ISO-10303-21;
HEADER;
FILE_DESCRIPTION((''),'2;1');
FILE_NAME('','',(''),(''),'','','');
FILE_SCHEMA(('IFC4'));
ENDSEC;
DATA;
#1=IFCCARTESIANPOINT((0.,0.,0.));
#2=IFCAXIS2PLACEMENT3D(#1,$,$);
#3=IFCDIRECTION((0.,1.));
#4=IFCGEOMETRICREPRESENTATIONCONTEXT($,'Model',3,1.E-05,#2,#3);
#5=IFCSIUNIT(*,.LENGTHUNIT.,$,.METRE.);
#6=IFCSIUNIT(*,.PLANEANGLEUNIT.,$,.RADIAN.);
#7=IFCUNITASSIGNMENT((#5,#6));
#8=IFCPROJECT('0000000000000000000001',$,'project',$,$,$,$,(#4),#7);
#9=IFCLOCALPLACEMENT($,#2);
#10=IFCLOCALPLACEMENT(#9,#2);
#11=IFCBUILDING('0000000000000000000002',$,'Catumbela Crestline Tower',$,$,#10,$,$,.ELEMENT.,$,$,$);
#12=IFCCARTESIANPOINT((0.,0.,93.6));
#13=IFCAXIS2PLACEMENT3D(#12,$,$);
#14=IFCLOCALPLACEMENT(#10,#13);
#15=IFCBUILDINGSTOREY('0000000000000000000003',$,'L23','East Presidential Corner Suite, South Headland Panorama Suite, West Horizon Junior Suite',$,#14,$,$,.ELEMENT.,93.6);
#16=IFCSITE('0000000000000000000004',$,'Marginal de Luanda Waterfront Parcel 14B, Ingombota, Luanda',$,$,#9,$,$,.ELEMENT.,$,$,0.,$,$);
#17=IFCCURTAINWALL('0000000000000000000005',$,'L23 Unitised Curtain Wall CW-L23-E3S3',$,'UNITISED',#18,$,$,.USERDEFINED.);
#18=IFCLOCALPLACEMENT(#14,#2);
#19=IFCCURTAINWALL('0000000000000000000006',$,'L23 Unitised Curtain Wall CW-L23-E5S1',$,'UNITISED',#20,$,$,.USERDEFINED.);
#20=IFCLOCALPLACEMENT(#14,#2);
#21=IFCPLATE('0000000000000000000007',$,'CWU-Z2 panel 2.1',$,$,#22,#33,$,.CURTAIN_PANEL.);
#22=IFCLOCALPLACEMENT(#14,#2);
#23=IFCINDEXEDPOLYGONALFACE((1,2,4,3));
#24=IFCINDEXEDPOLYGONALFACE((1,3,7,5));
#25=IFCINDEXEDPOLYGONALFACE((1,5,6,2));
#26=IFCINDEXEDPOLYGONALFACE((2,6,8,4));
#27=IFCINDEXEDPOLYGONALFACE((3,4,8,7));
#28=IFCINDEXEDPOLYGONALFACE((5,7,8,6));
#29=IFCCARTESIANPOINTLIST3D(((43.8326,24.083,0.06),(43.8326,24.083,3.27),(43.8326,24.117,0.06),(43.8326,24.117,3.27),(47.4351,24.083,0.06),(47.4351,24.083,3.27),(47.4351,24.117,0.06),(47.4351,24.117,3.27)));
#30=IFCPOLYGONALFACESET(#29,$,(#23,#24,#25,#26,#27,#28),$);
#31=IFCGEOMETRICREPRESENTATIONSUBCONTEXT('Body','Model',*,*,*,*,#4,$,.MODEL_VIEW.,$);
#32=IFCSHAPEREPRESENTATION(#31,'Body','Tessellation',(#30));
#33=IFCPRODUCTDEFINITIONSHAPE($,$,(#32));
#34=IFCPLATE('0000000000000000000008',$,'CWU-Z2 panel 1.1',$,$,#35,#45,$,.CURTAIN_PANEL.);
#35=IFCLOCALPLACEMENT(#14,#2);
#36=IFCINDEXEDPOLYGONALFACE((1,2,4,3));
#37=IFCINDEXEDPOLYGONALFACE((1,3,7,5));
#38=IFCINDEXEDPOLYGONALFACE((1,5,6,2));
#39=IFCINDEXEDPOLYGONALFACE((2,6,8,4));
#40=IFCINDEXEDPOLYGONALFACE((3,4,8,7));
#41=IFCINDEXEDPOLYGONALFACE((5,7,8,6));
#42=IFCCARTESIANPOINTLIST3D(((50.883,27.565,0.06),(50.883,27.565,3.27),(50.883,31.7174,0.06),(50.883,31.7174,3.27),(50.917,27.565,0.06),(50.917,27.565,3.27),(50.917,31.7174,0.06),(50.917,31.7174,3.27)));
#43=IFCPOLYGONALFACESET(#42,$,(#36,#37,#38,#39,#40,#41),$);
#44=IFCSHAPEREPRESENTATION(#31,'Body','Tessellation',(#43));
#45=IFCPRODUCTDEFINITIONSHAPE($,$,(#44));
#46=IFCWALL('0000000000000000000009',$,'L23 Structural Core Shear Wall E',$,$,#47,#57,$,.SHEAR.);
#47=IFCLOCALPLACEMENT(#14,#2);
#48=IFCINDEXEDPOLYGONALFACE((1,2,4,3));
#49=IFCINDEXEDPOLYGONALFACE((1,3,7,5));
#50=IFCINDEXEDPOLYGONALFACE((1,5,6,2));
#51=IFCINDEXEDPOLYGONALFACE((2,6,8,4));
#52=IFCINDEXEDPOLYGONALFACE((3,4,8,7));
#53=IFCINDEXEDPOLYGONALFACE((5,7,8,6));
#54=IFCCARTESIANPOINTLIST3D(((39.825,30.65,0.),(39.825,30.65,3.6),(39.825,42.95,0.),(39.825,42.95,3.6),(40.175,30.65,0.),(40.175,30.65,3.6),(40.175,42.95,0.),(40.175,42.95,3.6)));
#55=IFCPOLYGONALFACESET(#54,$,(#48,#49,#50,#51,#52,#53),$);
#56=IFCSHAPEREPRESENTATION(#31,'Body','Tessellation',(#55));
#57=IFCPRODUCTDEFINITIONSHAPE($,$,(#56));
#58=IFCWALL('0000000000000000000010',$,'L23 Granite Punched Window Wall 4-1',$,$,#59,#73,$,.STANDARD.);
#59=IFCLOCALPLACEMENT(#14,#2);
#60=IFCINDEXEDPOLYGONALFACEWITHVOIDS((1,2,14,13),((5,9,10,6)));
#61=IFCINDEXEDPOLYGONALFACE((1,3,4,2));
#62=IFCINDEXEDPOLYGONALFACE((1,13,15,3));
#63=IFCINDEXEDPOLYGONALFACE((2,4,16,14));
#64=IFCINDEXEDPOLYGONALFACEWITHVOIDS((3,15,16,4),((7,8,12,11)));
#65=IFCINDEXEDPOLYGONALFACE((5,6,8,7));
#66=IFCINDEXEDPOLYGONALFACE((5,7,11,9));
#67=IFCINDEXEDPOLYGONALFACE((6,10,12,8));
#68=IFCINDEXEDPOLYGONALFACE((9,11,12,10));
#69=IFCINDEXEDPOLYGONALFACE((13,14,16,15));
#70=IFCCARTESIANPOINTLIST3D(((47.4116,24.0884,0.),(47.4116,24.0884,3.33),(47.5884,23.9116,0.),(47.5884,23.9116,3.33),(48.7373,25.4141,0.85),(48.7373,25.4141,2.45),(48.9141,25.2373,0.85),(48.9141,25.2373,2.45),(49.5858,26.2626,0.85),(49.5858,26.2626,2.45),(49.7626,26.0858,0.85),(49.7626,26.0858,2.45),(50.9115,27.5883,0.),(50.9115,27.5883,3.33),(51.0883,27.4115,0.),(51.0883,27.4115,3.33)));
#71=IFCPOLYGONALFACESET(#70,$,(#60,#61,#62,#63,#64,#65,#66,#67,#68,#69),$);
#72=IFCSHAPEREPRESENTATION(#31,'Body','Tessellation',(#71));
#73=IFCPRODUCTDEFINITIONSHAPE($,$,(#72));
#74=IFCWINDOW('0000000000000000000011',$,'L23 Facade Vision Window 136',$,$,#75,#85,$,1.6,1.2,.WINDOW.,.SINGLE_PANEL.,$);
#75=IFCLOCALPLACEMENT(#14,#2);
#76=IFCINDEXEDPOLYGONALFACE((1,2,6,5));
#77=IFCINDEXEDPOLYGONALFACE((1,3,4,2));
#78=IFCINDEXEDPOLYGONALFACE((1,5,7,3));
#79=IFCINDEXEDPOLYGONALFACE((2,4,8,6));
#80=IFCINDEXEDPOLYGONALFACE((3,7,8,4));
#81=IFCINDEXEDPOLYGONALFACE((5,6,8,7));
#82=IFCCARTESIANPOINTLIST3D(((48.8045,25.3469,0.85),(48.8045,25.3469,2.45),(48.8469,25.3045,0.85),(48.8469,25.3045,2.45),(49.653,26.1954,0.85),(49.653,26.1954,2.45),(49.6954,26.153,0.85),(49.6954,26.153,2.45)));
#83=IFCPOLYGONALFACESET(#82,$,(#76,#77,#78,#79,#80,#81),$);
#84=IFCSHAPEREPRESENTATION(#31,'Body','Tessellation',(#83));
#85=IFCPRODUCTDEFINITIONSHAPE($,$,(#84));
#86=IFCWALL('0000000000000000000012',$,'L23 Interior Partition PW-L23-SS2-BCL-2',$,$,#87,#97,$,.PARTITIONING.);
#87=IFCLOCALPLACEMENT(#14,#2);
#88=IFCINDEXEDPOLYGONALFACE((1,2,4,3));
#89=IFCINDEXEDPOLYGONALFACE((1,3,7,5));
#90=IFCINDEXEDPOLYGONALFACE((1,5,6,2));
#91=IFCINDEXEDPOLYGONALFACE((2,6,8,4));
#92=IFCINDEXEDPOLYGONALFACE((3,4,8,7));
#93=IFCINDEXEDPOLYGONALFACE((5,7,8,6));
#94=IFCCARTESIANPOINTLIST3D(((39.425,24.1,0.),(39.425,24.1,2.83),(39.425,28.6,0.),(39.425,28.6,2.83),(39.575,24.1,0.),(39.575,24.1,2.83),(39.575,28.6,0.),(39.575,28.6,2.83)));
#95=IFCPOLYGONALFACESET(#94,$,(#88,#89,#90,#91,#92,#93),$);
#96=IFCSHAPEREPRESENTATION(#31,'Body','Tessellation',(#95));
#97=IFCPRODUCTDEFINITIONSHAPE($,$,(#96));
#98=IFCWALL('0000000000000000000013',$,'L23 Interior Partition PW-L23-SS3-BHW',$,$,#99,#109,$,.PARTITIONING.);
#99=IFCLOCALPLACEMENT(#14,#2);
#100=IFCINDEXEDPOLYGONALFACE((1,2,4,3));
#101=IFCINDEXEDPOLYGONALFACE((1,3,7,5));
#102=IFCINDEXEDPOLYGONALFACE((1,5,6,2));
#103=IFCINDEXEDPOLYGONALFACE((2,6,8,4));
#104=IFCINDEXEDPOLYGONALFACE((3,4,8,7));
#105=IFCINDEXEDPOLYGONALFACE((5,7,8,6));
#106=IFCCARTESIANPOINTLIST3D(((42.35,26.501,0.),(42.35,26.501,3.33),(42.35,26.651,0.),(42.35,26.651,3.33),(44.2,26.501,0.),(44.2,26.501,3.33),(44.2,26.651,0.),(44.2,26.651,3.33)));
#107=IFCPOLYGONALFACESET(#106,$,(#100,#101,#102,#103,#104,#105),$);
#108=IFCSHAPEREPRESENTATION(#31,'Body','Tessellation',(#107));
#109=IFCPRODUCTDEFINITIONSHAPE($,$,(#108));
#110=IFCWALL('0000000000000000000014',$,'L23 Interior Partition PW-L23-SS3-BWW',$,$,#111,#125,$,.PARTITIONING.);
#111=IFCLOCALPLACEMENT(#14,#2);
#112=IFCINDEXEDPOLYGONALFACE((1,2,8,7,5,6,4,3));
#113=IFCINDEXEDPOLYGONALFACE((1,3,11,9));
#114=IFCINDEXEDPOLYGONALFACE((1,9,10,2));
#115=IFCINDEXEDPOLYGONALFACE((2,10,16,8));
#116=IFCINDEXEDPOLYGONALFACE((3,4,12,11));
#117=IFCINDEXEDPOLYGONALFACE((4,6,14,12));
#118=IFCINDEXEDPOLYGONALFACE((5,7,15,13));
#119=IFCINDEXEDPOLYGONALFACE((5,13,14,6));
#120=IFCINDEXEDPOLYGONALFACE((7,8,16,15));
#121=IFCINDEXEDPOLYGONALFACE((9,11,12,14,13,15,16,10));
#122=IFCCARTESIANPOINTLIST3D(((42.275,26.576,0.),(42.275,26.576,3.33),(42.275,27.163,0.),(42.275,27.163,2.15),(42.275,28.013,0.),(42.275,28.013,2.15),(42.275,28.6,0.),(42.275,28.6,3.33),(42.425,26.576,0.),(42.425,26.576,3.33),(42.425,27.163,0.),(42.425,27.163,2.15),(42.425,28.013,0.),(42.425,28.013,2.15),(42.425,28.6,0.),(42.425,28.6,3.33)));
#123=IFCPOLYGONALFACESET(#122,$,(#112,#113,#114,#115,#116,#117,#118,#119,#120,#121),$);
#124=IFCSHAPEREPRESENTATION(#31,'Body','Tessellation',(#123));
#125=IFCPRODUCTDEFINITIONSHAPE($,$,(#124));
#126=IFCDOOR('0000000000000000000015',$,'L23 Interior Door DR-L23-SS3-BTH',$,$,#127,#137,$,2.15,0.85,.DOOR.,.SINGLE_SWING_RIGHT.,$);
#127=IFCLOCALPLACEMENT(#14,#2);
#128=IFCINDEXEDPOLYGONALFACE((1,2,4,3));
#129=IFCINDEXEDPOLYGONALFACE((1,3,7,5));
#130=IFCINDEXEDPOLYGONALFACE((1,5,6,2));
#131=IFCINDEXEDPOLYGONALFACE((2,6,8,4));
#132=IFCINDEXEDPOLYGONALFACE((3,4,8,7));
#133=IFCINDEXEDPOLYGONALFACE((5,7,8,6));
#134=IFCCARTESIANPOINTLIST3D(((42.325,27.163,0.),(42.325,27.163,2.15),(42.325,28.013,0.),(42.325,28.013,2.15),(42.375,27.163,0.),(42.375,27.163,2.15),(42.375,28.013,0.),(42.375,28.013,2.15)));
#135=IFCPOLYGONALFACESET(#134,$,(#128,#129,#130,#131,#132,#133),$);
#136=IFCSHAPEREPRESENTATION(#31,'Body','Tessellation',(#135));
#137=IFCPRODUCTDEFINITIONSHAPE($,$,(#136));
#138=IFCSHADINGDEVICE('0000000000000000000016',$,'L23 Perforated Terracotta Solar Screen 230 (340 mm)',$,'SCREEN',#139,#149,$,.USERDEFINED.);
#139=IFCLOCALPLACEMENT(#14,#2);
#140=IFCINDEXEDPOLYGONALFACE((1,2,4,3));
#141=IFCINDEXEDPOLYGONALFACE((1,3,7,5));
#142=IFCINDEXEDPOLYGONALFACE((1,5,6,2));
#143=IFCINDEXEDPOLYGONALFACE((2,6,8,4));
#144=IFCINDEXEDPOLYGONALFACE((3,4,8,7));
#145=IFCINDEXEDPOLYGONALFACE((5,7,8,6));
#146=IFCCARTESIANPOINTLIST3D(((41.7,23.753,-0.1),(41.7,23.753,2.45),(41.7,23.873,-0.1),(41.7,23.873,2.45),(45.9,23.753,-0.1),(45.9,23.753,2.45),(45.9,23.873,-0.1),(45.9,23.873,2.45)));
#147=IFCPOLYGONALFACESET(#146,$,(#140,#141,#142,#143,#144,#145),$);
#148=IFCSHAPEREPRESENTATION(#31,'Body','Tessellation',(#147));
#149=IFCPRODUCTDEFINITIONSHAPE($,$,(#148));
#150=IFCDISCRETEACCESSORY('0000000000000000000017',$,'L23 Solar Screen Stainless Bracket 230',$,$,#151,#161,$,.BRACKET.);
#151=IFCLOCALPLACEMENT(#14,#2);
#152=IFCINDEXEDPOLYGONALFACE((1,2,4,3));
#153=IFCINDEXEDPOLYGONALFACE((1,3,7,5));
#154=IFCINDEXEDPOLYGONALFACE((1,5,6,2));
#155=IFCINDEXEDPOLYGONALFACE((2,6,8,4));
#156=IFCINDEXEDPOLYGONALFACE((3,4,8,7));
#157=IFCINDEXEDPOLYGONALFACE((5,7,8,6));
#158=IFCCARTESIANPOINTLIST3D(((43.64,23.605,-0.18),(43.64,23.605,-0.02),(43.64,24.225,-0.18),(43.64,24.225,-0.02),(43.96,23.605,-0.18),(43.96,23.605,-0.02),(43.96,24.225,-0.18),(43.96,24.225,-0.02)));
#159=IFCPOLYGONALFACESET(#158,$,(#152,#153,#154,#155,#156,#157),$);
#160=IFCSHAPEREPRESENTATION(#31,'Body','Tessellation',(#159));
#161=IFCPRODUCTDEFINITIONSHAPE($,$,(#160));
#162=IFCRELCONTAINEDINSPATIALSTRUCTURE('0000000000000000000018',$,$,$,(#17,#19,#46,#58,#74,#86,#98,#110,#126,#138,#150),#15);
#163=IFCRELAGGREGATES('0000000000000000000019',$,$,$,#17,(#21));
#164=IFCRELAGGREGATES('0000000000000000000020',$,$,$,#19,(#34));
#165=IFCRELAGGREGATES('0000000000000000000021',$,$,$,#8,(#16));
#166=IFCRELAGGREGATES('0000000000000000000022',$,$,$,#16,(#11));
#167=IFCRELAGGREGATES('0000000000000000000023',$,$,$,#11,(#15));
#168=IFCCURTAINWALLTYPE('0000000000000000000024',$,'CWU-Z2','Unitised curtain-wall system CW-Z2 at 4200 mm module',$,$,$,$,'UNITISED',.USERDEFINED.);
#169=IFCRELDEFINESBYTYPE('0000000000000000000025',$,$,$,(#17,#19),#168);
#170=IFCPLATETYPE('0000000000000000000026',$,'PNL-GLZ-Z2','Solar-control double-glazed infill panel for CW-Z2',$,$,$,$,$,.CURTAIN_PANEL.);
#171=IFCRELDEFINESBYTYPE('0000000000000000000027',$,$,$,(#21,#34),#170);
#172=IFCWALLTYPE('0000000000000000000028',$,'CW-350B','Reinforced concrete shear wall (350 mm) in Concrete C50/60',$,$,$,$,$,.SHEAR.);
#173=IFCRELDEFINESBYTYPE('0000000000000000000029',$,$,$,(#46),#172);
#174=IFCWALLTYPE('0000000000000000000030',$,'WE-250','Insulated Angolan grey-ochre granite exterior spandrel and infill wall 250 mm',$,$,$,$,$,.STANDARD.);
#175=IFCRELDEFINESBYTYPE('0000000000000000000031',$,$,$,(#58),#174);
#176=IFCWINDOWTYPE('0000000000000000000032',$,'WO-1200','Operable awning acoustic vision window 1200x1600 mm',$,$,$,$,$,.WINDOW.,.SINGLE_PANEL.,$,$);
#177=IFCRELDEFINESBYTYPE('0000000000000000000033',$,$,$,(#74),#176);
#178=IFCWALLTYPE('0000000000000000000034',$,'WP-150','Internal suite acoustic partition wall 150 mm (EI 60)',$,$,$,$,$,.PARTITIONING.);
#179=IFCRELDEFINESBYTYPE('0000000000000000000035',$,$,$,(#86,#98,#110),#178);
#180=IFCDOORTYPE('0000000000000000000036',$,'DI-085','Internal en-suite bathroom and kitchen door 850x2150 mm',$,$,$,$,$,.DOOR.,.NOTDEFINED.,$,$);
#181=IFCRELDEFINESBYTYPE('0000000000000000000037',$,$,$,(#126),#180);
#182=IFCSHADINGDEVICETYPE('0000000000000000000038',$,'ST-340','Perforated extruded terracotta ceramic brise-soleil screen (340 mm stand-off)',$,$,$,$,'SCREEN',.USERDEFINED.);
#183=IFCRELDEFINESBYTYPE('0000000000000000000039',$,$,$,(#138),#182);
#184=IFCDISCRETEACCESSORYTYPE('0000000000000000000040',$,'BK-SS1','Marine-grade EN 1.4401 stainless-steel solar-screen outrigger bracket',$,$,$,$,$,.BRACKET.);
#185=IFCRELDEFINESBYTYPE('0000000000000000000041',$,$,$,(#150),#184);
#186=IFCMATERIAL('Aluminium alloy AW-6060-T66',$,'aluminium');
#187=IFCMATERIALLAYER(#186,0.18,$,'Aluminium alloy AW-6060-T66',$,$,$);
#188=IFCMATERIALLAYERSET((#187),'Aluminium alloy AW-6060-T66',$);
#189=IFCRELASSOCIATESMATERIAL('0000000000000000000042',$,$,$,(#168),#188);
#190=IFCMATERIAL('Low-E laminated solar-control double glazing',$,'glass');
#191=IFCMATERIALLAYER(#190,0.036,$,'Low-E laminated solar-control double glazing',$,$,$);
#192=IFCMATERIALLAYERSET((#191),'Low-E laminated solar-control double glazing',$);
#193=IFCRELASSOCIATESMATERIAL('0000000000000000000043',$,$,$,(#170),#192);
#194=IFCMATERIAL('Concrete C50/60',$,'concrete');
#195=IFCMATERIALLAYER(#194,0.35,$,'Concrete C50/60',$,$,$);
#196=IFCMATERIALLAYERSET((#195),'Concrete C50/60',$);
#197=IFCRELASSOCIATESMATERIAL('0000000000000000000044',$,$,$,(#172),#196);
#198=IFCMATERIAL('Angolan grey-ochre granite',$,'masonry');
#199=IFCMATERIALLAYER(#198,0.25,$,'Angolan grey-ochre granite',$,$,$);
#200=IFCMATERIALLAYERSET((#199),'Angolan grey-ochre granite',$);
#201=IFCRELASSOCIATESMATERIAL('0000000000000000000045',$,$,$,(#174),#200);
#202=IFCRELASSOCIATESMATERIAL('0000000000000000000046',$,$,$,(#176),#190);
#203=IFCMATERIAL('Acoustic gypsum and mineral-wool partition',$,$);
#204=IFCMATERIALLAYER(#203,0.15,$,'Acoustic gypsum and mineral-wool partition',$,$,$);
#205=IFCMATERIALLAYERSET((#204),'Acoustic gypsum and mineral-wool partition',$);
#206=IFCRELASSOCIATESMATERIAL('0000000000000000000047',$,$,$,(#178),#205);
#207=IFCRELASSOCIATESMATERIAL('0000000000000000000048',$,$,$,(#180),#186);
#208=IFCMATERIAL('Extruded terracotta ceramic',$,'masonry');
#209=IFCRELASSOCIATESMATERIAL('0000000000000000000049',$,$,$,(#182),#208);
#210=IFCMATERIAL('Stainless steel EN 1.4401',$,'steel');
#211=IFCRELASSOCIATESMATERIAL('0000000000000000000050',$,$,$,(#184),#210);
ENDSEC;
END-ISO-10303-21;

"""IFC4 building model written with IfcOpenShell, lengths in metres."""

from ifc_helpers import new_model, si_unit, direction, frame, frame_2d, origin, origin_2d, place, context, subcontext, project, spatial, rectangle, extrude, material, layer, layer_set, type_object, element, fill, aggregate, save


model = new_model("IFC4")

# Units and contexts
model_context = context("Model", 3, precision=1e-05, world=origin(), true_north=direction((0.0, 1.0)))
body_context = subcontext(model_context, "Body", "Model", "MODEL_VIEW")
ifc_project = project(units=[si_unit("LENGTHUNIT", "METRE"), si_unit("PLANEANGLEUNIT", "RADIAN")], contexts=[model_context])

# Site, building, storey
site_placement = place(None, origin())
site = spatial("IfcSite", under=ifc_project, at=site_placement, Name="Marginal de Luanda Waterfront Parcel 14B, Ingombota, Luanda", CompositionType="ELEMENT", RefElevation=0.0)
building_placement = place(site_placement, origin())
building = spatial("IfcBuilding", under=site, at=building_placement, Name="Catumbela Crestline Tower", CompositionType="ELEMENT")
storey_placement = place(building_placement, frame((0.0, 0.0, 93.6)))
storey = spatial("IfcBuildingStorey", under=building, at=storey_placement, Name="L23", Description="East Presidential Corner Suite, South Headland Panorama Suite, West Horizon Junior Suite", CompositionType="ELEMENT", Elevation=93.6)

# Shared definitions
ifc_material_1 = material(Name="Concrete C50/60", Category="concrete")

# Curtain wall
ifc_material_2 = material(Name="Aluminium alloy AW-6060-T66", Category="aluminium")
ifc_layer_1 = layer(ifc_material_2, 0.18, Name="Aluminium alloy AW-6060-T66")
ifc_layer_set_1 = layer_set([ifc_layer_1], Name="Aluminium alloy AW-6060-T66")
curtain_wall_type = type_object("IfcCurtainWallType", Name="CWU-Z2", Description="Unitised curtain-wall system CW-Z2 at 4200 mm module", ElementType="UNITISED", PredefinedType="USERDEFINED", material=ifc_layer_set_1)
curtain_wall_1_placement = place(storey_placement, origin())
curtain_wall_1 = element("IfcCurtainWall", 1, at=curtain_wall_1_placement, inside=storey, type_object=curtain_wall_type, Name="L23 Unitised Curtain Wall CW-L23-E3S3", ObjectType="UNITISED", PredefinedType="USERDEFINED")

# Curtain wall
curtain_wall_2_placement = place(storey_placement, origin())
curtain_wall_2 = element("IfcCurtainWall", 2, at=curtain_wall_2_placement, inside=storey, type_object=curtain_wall_type, Name="L23 Unitised Curtain Wall CW-L23-E5S1", ObjectType="UNITISED", PredefinedType="USERDEFINED")

# Plates
ifc_material_3 = material(Name="Low-E laminated solar-control double glazing", Category="glass")
ifc_layer_2 = layer(ifc_material_3, 0.036, Name="Low-E laminated solar-control double glazing")
ifc_layer_set_2 = layer_set([ifc_layer_2], Name="Low-E laminated solar-control double glazing")
plate_type = type_object("IfcPlateType", Name="PNL-GLZ-Z2", Description="Solar-control double-glazed infill panel for CW-Z2", PredefinedType="CURTAIN_PANEL", material=ifc_layer_set_2)
plate_1_placement = place(storey_placement, frame((45.6338, 24.1, 0.06), z_axis=(0.0, 0.0, 1.0), x_axis=(1.0, 0.0, 0.0)))
plate_1 = element("IfcPlate", 3, at=plate_1_placement, type_object=plate_type, Name="CWU-Z2 panel 2.1", PredefinedType="CURTAIN_PANEL", context=body_context, shape_type="SweptSolid", body=[
    extrude(rectangle(XDim=3.6025, YDim=0.034, at=origin_2d()), origin(), (0.0, 0.0, 1.0), 3.21),
])
aggregate(curtain_wall_1, [plate_1])
plate_2_placement = place(storey_placement, frame((50.9, 29.6412, 0.06), z_axis=(0.0, 0.0, 1.0), x_axis=(0.0, 1.0, 0.0)))
plate_2 = element("IfcPlate", 4, at=plate_2_placement, type_object=plate_type, Name="CWU-Z2 panel 1.1", PredefinedType="CURTAIN_PANEL", context=body_context, shape_type="SweptSolid", body=[
    extrude(rectangle(XDim=4.1525, YDim=0.034, at=origin_2d()), origin(), (0.0, 0.0, 1.0), 3.21),
])
aggregate(curtain_wall_2, [plate_2])

# Wall
ifc_layer_3 = layer(ifc_material_1, 0.35, Name="Concrete C50/60")
ifc_layer_set_3 = layer_set([ifc_layer_3], Name="Concrete C50/60")
wall_type_1 = type_object("IfcWallType", Name="CW-350B", Description="Reinforced concrete shear wall (350 mm) in Concrete C50/60", PredefinedType="SHEAR", material=ifc_layer_set_3)
wall_1_placement = place(storey_placement, frame((40.0, 30.65, 0.0), z_axis=(0.0, 0.0, 1.0), x_axis=(0.0, 1.0, 0.0)))
element("IfcWall", 5, at=wall_1_placement, inside=storey, type_object=wall_type_1, Name="L23 Structural Core Shear Wall E", PredefinedType="SHEAR", context=body_context, shape_type="SweptSolid", body=[
    extrude(rectangle(XDim=12.3, YDim=0.35, at=frame_2d((6.15, 0.0))), origin(), (0.0, 0.0, 1.0), 3.6),
])

# Wall, opening, window
ifc_material_4 = material(Name="Angolan grey-ochre granite", Category="masonry")
ifc_layer_4 = layer(ifc_material_4, 0.25, Name="Angolan grey-ochre granite")
ifc_layer_set_4 = layer_set([ifc_layer_4], Name="Angolan grey-ochre granite")
wall_type_2 = type_object("IfcWallType", Name="WE-250", Description="Insulated Angolan grey-ochre granite exterior spandrel and infill wall 250 mm", PredefinedType="STANDARD", material=ifc_layer_set_4)
wall_2_placement = place(storey_placement, frame((47.5, 24.0, 0.0), z_axis=(0.0, 0.0, 1.0), x_axis=(0.707107, 0.707107, 0.0)))
wall_2 = element("IfcWall", 6, at=wall_2_placement, inside=storey, type_object=wall_type_2, Name="L23 Granite Punched Window Wall 4-1", PredefinedType="STANDARD", context=body_context, shape_type="SweptSolid", body=[
    extrude(rectangle(XDim=4.9497, YDim=0.25, at=frame_2d((2.4748, 0.0))), origin(), (0.0, 0.0, 1.0), 3.33),
])
opening_1_placement = place(wall_2_placement, frame((1.8748, 0.0, 0.85)))
opening_1 = element("IfcOpeningElement", 7, at=opening_1_placement, cuts=wall_2, PredefinedType="OPENING", context=body_context, shape_type="SweptSolid", body=[
    extrude(rectangle(XDim=1.2, YDim=1.6, at=frame_2d((0.6, 0.8))), frame((0.0, 0.135, 0.0), z_axis=(0.0, -1.0, 0.0), x_axis=(1.0, 0.0, 0.0)), (0.0, 0.0, 1.0), 0.27),
])
window_type = type_object("IfcWindowType", Name="WO-1200", Description="Operable awning acoustic vision window 1200x1600 mm", PartitioningType="SINGLE_PANEL", PredefinedType="WINDOW", material=ifc_material_3)
window_placement = place(opening_1_placement, origin())
window = element("IfcWindow", 8, at=window_placement, inside=storey, type_object=window_type, Name="L23 Facade Vision Window 136", OverallHeight=1.6, OverallWidth=1.2, PartitioningType="SINGLE_PANEL", PredefinedType="WINDOW", context=body_context, shape_type="SweptSolid", body=[
    extrude(rectangle(XDim=1.2, YDim=1.6, at=frame_2d((0.6, 0.8))), frame((0.0, 0.03, 0.0), z_axis=(0.0, -1.0, 0.0), x_axis=(1.0, 0.0, 0.0)), (0.0, 0.0, 1.0), 0.06),
])
fill(opening_1, window)

# Walls
ifc_material_5 = material(Name="Acoustic gypsum and mineral-wool partition")
ifc_layer_5 = layer(ifc_material_5, 0.15, Name="Acoustic gypsum and mineral-wool partition")
ifc_layer_set_5 = layer_set([ifc_layer_5], Name="Acoustic gypsum and mineral-wool partition")
wall_type_3 = type_object("IfcWallType", Name="WP-150", Description="Internal suite acoustic partition wall 150 mm (EI 60)", PredefinedType="PARTITIONING", material=ifc_layer_set_5)
wall_3_placement = place(storey_placement, frame((39.5, 28.6, 0.0), z_axis=(0.0, 0.0, 1.0), x_axis=(0.0, -1.0, 0.0)))
element("IfcWall", 9, at=wall_3_placement, inside=storey, type_object=wall_type_3, Name="L23 Interior Partition PW-L23-SS2-BCL-2", PredefinedType="PARTITIONING", context=body_context, shape_type="SweptSolid", body=[
    extrude(rectangle(XDim=4.5, YDim=0.15, at=frame_2d((2.25, 0.0))), origin(), (0.0, 0.0, 1.0), 2.83),
])
wall_4_placement = place(storey_placement, frame((42.35, 26.576, 0.0), z_axis=(0.0, 0.0, 1.0), x_axis=(1.0, 0.0, 0.0)))
element("IfcWall", 10, at=wall_4_placement, inside=storey, type_object=wall_type_3, Name="L23 Interior Partition PW-L23-SS3-BHW", PredefinedType="PARTITIONING", context=body_context, shape_type="SweptSolid", body=[
    extrude(rectangle(XDim=1.85, YDim=0.15, at=frame_2d((0.925, 0.0))), origin(), (0.0, 0.0, 1.0), 3.33),
])

# Wall, opening, door
wall_5_placement = place(storey_placement, frame((42.35, 26.576, 0.0), z_axis=(0.0, 0.0, 1.0), x_axis=(0.0, 1.0, 0.0)))
wall_5 = element("IfcWall", 11, at=wall_5_placement, inside=storey, type_object=wall_type_3, Name="L23 Interior Partition PW-L23-SS3-BWW", PredefinedType="PARTITIONING", context=body_context, shape_type="SweptSolid", body=[
    extrude(rectangle(XDim=2.024, YDim=0.15, at=frame_2d((1.012, 0.0))), origin(), (0.0, 0.0, 1.0), 3.33),
])
opening_2_placement = place(wall_5_placement, frame((0.587, 0.0, 0.0)))
opening_2 = element("IfcOpeningElement", 12, at=opening_2_placement, cuts=wall_5, PredefinedType="OPENING", context=body_context, shape_type="SweptSolid", body=[
    extrude(rectangle(XDim=0.85, YDim=2.15, at=frame_2d((0.425, 1.075))), frame((0.0, 0.085, 0.0), z_axis=(0.0, -1.0, 0.0), x_axis=(1.0, 0.0, 0.0)), (0.0, 0.0, 1.0), 0.17),
])
door_type = type_object("IfcDoorType", Name="DI-085", Description="Internal en-suite bathroom and kitchen door 850x2150 mm", OperationType="NOTDEFINED", PredefinedType="DOOR", material=ifc_material_2)
door_placement = place(opening_2_placement, origin())
door = element("IfcDoor", 13, at=door_placement, inside=storey, type_object=door_type, Name="L23 Interior Door DR-L23-SS3-BTH", OperationType="SINGLE_SWING_RIGHT", OverallHeight=2.15, OverallWidth=0.85, PredefinedType="DOOR", context=body_context, shape_type="SweptSolid", body=[
    extrude(rectangle(XDim=0.85, YDim=2.15, at=frame_2d((0.425, 1.075))), frame((0.0, 0.025, 0.0), z_axis=(0.0, -1.0, 0.0), x_axis=(1.0, 0.0, 0.0)), (0.0, 0.0, 1.0), 0.05),
])
fill(opening_2, door)

# Shading device
ifc_material_6 = material(Name="Extruded terracotta ceramic", Category="masonry")
shading_device_type = type_object("IfcShadingDeviceType", Name="ST-340", Description="Perforated extruded terracotta ceramic brise-soleil screen (340 mm stand-off)", ElementType="SCREEN", PredefinedType="USERDEFINED", material=ifc_material_6)
shading_device_placement = place(storey_placement, frame((43.8, 23.813, -0.1), z_axis=(0.0, 0.0, 1.0), x_axis=(1.0, 0.0, 0.0)))
element("IfcShadingDevice", 14, at=shading_device_placement, inside=storey, type_object=shading_device_type, Name="L23 Perforated Terracotta Solar Screen 230 (340 mm)", ObjectType="SCREEN", PredefinedType="USERDEFINED", context=body_context, shape_type="SweptSolid", body=[
    extrude(rectangle(XDim=4.2, YDim=0.12, at=origin_2d()), origin(), (0.0, 0.0, 1.0), 2.55),
])

# Discrete accessory
ifc_material_7 = material(Name="Stainless steel EN 1.4401", Category="steel")
discrete_accessory_type = type_object("IfcDiscreteAccessoryType", Name="BK-SS1", Description="Marine-grade EN 1.4401 stainless-steel solar-screen outrigger bracket", PredefinedType="BRACKET", material=ifc_material_7)
discrete_accessory_placement = place(storey_placement, frame((43.8, 23.915, -0.18), z_axis=(0.0, 0.0, 1.0), x_axis=(1.0, 0.0, 0.0)))
element("IfcDiscreteAccessory", 15, at=discrete_accessory_placement, inside=storey, type_object=discrete_accessory_type, Name="L23 Solar Screen Stainless Bracket 230", PredefinedType="BRACKET", context=body_context, shape_type="SweptSolid", body=[
    extrude(rectangle(XDim=0.32, YDim=0.62, at=origin_2d()), origin(), (0.0, 0.0, 1.0), 0.16),
])

save(model, "model.ifc")
